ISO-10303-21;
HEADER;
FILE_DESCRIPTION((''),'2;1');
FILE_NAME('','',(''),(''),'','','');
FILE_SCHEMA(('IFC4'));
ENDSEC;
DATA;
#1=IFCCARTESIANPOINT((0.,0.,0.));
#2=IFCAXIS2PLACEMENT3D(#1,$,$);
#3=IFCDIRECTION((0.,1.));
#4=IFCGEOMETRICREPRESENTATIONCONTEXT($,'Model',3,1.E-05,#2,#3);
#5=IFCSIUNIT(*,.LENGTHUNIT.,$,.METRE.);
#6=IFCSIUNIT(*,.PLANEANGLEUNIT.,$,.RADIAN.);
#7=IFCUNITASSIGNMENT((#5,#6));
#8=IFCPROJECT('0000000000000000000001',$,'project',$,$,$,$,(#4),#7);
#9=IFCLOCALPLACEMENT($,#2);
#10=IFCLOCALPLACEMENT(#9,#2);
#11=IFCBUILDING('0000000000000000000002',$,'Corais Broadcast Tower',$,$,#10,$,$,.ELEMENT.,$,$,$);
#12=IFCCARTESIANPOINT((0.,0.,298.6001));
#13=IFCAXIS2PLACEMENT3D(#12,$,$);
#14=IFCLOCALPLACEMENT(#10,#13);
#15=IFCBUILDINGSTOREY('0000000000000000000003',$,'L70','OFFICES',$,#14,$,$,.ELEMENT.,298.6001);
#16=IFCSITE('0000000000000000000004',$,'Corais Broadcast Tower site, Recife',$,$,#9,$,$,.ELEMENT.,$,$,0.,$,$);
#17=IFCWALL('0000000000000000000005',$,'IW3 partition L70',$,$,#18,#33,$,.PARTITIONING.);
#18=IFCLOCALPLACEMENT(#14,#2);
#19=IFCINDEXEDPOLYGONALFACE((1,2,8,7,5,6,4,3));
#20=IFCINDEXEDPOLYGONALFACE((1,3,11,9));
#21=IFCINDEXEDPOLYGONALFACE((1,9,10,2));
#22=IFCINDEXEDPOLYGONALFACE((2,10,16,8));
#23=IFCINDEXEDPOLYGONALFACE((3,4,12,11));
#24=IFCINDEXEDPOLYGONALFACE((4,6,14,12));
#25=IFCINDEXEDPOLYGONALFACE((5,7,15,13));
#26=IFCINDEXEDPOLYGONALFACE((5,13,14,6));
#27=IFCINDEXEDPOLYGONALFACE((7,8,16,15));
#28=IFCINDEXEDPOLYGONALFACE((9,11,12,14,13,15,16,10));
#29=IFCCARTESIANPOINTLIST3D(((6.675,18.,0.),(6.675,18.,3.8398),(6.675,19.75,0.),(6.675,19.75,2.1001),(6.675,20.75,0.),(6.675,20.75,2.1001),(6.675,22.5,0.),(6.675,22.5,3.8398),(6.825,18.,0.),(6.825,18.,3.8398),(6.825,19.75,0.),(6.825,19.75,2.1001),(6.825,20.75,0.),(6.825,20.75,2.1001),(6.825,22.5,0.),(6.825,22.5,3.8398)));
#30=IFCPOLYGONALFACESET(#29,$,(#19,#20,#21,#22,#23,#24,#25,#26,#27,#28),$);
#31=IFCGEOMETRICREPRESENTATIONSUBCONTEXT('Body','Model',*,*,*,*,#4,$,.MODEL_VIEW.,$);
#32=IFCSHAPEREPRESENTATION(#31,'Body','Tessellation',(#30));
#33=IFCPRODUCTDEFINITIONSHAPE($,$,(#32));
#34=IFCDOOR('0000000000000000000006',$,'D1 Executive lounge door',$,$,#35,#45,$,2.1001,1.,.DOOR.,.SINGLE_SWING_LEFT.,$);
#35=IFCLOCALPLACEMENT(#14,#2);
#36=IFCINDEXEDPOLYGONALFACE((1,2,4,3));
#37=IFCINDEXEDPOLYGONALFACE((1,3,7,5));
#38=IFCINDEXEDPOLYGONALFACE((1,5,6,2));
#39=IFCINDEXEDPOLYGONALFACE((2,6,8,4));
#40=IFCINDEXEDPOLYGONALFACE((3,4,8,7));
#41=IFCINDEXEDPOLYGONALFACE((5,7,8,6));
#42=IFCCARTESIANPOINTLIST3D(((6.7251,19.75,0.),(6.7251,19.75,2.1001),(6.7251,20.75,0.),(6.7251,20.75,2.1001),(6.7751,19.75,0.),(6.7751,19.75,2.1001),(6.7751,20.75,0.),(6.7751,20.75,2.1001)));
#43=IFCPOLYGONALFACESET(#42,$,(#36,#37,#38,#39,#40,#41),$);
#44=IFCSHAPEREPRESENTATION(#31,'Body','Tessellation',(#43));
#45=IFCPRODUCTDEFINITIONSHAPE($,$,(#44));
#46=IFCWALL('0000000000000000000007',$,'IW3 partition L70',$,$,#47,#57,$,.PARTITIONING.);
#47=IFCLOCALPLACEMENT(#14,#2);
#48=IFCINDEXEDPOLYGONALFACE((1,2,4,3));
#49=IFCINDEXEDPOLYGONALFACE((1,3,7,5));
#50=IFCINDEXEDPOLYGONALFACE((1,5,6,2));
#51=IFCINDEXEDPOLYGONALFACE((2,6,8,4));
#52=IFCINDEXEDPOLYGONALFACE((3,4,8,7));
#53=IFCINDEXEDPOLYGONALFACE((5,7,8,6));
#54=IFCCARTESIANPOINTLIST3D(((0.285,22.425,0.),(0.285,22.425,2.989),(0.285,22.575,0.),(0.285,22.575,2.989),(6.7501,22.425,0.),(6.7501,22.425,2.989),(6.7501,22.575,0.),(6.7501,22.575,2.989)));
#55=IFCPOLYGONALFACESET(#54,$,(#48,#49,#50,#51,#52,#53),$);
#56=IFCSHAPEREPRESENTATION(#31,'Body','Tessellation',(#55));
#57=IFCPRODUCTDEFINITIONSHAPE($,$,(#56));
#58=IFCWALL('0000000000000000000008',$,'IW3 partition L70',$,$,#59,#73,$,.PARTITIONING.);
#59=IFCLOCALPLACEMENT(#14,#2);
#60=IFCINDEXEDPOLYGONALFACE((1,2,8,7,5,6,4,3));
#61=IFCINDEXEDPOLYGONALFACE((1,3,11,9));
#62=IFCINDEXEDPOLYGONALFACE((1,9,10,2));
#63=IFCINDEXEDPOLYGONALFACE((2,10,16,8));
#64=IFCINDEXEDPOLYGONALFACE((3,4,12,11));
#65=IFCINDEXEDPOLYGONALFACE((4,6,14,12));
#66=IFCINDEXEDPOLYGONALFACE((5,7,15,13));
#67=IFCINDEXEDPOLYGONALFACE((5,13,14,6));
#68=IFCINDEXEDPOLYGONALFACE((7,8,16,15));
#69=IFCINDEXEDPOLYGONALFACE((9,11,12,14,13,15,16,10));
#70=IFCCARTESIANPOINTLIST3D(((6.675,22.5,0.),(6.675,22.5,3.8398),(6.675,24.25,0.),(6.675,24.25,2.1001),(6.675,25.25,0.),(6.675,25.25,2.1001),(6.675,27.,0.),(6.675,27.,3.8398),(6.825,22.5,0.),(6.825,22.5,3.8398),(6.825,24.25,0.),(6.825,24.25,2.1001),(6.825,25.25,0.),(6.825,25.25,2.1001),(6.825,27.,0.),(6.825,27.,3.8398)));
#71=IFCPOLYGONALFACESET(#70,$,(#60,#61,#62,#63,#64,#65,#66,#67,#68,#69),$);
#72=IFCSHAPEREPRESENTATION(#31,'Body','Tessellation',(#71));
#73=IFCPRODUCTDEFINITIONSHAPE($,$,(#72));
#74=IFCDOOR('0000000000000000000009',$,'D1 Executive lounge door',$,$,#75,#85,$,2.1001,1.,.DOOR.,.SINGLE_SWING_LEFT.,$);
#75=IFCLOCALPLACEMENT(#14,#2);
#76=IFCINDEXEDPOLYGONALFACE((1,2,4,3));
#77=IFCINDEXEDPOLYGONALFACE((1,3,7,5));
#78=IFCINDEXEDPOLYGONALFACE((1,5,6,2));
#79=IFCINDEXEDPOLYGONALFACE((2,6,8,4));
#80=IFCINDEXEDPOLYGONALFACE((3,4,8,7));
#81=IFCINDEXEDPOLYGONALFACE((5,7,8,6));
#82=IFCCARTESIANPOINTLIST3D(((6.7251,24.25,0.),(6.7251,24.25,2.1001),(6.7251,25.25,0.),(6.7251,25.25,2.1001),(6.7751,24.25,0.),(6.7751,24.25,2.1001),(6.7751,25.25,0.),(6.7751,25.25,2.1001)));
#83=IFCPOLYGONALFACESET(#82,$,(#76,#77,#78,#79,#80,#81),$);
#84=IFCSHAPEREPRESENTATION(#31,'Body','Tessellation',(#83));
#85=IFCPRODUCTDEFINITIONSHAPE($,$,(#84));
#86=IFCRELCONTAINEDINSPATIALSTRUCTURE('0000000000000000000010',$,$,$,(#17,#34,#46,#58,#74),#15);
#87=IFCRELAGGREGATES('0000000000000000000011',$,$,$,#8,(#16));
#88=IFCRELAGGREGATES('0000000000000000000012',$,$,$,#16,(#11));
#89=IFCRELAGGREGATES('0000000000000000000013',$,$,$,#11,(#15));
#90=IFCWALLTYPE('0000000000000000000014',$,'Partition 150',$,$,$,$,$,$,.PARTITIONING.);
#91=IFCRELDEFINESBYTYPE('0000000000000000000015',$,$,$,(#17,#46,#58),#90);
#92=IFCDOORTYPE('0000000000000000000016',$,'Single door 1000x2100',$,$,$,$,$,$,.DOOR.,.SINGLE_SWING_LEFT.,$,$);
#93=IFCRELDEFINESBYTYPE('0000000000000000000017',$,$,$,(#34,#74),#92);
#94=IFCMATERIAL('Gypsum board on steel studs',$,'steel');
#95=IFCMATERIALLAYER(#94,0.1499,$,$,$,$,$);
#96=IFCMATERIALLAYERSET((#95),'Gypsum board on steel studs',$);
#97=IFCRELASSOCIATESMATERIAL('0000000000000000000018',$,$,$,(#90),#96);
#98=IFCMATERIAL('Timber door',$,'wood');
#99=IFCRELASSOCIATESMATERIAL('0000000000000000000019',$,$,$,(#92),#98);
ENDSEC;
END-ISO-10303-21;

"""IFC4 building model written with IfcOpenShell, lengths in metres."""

from ifc_helpers import new_model, si_unit, direction, frame, frame_2d, origin, place, context, subcontext, project, spatial, rectangle, extrude, material, layer, layer_set, type_object, element, fill, save


model = new_model("IFC4")

# Units and contexts
model_context = context("Model", 3, precision=1e-05, world=origin(), true_north=direction((0.0, 1.0)))
body_context = subcontext(model_context, "Body", "Model", "MODEL_VIEW")
ifc_project = project(units=[si_unit("LENGTHUNIT", "METRE"), si_unit("PLANEANGLEUNIT", "RADIAN")], contexts=[model_context])

# Site, building, storey
site_placement = place(None, origin())
site = spatial("IfcSite", under=ifc_project, at=site_placement, Name="Corais Broadcast Tower site, Recife", CompositionType="ELEMENT", RefElevation=0.0)
building_placement = place(site_placement, origin())
building = spatial("IfcBuilding", under=site, at=building_placement, Name="Corais Broadcast Tower", CompositionType="ELEMENT")
storey_placement = place(building_placement, frame((0.0, 0.0, 298.6001)))
storey = spatial("IfcBuildingStorey", under=building, at=storey_placement, Name="L70", Description="OFFICES", CompositionType="ELEMENT", Elevation=298.6001)

# Shared definitions
ifc_material_1 = material(Name="Gypsum board on steel studs", Category="steel")
ifc_layer_1 = layer(ifc_material_1, 0.1499)
ifc_layer_set_1 = layer_set([ifc_layer_1], Name="Gypsum board on steel studs")
wall_type = type_object("IfcWallType", Name="Partition 150", PredefinedType="PARTITIONING", material=ifc_layer_set_1)

# Wall, opening, door
wall_1_placement = place(storey_placement, frame((6.75, 18.0, 0.0), z_axis=(0.0, 0.0, 1.0), x_axis=(0.0, 1.0, 0.0)))
wall_1 = element("IfcWall", 1, at=wall_1_placement, inside=storey, type_object=wall_type, Name="IW3 partition L70", PredefinedType="PARTITIONING", context=body_context, shape_type="SweptSolid", body=[
    extrude(rectangle(XDim=4.5, YDim=0.1499, at=frame_2d((2.25, 0.0))), origin(), (0.0, 0.0, 1.0), 3.8398),
])
opening_1_placement = place(wall_1_placement, frame((1.75, 0.0, 0.0)))
opening_1 = element("IfcOpeningElement", 2, at=opening_1_placement, cuts=wall_1, PredefinedType="OPENING", context=body_context, shape_type="SweptSolid", body=[
    extrude(rectangle(XDim=1.0, YDim=2.1001, at=frame_2d((0.5, 1.05))), frame((0.0, 0.085, 0.0), z_axis=(0.0, -1.0, 0.0), x_axis=(1.0, 0.0, 0.0)), (0.0, 0.0, 1.0), 0.1699),
])
ifc_material_2 = material(Name="Timber door", Category="wood")
door_type = type_object("IfcDoorType", Name="Single door 1000x2100", OperationType="SINGLE_SWING_LEFT", PredefinedType="DOOR", material=ifc_material_2)
door_1_placement = place(opening_1_placement, origin())
door_1 = element("IfcDoor", 3, at=door_1_placement, inside=storey, type_object=door_type, Name="D1 Executive lounge door", OperationType="SINGLE_SWING_LEFT", OverallHeight=2.1001, OverallWidth=1.0, PredefinedType="DOOR", context=body_context, shape_type="SweptSolid", body=[
    extrude(rectangle(XDim=1.0, YDim=2.1001, at=frame_2d((0.5, 1.05))), frame((0.0, 0.0249, 0.0), z_axis=(0.0, -1.0, 0.0), x_axis=(1.0, 0.0, 0.0)), (0.0, 0.0, 1.0), 0.05),
])
fill(opening_1, door_1)

# Wall
wall_2_placement = place(storey_placement, frame((6.75, 22.5, 0.0), z_axis=(0.0, 0.0, 1.0), x_axis=(-1.0, 0.0, 0.0)))
element("IfcWall", 4, at=wall_2_placement, inside=storey, type_object=wall_type, Name="IW3 partition L70", PredefinedType="PARTITIONING", context=body_context, shape_type="SweptSolid", body=[
    extrude(rectangle(XDim=6.4651, YDim=0.1499, at=frame_2d((3.2324, 0.0))), origin(), (0.0, 0.0, 1.0), 2.989),
])

# Wall, opening, door
wall_3_placement = place(storey_placement, frame((6.75, 22.5, 0.0), z_axis=(0.0, 0.0, 1.0), x_axis=(0.0, 1.0, 0.0)))
wall_3 = element("IfcWall", 5, at=wall_3_placement, inside=storey, type_object=wall_type, Name="IW3 partition L70", PredefinedType="PARTITIONING", context=body_context, shape_type="SweptSolid", body=[
    extrude(rectangle(XDim=4.5, YDim=0.1499, at=frame_2d((2.25, 0.0))), origin(), (0.0, 0.0, 1.0), 3.8398),
])
opening_2_placement = place(wall_3_placement, frame((1.75, 0.0, 0.0)))
opening_2 = element("IfcOpeningElement", 6, at=opening_2_placement, cuts=wall_3, PredefinedType="OPENING", context=body_context, shape_type="SweptSolid", body=[
    extrude(rectangle(XDim=1.0, YDim=2.1001, at=frame_2d((0.5, 1.05))), frame((0.0, 0.085, 0.0), z_axis=(0.0, -1.0, 0.0), x_axis=(1.0, 0.0, 0.0)), (0.0, 0.0, 1.0), 0.1699),
])
door_2_placement = place(opening_2_placement, origin())
door_2 = element("IfcDoor", 7, at=door_2_placement, inside=storey, type_object=door_type, Name="D1 Executive lounge door", OperationType="SINGLE_SWING_LEFT", OverallHeight=2.1001, OverallWidth=1.0, PredefinedType="DOOR", context=body_context, shape_type="SweptSolid", body=[
    extrude(rectangle(XDim=1.0, YDim=2.1001, at=frame_2d((0.5, 1.05))), frame((0.0, 0.0249, 0.0), z_axis=(0.0, -1.0, 0.0), x_axis=(1.0, 0.0, 0.0)), (0.0, 0.0, 1.0), 0.05),
])
fill(opening_2, door_2)

save(model, "model.ifc")
